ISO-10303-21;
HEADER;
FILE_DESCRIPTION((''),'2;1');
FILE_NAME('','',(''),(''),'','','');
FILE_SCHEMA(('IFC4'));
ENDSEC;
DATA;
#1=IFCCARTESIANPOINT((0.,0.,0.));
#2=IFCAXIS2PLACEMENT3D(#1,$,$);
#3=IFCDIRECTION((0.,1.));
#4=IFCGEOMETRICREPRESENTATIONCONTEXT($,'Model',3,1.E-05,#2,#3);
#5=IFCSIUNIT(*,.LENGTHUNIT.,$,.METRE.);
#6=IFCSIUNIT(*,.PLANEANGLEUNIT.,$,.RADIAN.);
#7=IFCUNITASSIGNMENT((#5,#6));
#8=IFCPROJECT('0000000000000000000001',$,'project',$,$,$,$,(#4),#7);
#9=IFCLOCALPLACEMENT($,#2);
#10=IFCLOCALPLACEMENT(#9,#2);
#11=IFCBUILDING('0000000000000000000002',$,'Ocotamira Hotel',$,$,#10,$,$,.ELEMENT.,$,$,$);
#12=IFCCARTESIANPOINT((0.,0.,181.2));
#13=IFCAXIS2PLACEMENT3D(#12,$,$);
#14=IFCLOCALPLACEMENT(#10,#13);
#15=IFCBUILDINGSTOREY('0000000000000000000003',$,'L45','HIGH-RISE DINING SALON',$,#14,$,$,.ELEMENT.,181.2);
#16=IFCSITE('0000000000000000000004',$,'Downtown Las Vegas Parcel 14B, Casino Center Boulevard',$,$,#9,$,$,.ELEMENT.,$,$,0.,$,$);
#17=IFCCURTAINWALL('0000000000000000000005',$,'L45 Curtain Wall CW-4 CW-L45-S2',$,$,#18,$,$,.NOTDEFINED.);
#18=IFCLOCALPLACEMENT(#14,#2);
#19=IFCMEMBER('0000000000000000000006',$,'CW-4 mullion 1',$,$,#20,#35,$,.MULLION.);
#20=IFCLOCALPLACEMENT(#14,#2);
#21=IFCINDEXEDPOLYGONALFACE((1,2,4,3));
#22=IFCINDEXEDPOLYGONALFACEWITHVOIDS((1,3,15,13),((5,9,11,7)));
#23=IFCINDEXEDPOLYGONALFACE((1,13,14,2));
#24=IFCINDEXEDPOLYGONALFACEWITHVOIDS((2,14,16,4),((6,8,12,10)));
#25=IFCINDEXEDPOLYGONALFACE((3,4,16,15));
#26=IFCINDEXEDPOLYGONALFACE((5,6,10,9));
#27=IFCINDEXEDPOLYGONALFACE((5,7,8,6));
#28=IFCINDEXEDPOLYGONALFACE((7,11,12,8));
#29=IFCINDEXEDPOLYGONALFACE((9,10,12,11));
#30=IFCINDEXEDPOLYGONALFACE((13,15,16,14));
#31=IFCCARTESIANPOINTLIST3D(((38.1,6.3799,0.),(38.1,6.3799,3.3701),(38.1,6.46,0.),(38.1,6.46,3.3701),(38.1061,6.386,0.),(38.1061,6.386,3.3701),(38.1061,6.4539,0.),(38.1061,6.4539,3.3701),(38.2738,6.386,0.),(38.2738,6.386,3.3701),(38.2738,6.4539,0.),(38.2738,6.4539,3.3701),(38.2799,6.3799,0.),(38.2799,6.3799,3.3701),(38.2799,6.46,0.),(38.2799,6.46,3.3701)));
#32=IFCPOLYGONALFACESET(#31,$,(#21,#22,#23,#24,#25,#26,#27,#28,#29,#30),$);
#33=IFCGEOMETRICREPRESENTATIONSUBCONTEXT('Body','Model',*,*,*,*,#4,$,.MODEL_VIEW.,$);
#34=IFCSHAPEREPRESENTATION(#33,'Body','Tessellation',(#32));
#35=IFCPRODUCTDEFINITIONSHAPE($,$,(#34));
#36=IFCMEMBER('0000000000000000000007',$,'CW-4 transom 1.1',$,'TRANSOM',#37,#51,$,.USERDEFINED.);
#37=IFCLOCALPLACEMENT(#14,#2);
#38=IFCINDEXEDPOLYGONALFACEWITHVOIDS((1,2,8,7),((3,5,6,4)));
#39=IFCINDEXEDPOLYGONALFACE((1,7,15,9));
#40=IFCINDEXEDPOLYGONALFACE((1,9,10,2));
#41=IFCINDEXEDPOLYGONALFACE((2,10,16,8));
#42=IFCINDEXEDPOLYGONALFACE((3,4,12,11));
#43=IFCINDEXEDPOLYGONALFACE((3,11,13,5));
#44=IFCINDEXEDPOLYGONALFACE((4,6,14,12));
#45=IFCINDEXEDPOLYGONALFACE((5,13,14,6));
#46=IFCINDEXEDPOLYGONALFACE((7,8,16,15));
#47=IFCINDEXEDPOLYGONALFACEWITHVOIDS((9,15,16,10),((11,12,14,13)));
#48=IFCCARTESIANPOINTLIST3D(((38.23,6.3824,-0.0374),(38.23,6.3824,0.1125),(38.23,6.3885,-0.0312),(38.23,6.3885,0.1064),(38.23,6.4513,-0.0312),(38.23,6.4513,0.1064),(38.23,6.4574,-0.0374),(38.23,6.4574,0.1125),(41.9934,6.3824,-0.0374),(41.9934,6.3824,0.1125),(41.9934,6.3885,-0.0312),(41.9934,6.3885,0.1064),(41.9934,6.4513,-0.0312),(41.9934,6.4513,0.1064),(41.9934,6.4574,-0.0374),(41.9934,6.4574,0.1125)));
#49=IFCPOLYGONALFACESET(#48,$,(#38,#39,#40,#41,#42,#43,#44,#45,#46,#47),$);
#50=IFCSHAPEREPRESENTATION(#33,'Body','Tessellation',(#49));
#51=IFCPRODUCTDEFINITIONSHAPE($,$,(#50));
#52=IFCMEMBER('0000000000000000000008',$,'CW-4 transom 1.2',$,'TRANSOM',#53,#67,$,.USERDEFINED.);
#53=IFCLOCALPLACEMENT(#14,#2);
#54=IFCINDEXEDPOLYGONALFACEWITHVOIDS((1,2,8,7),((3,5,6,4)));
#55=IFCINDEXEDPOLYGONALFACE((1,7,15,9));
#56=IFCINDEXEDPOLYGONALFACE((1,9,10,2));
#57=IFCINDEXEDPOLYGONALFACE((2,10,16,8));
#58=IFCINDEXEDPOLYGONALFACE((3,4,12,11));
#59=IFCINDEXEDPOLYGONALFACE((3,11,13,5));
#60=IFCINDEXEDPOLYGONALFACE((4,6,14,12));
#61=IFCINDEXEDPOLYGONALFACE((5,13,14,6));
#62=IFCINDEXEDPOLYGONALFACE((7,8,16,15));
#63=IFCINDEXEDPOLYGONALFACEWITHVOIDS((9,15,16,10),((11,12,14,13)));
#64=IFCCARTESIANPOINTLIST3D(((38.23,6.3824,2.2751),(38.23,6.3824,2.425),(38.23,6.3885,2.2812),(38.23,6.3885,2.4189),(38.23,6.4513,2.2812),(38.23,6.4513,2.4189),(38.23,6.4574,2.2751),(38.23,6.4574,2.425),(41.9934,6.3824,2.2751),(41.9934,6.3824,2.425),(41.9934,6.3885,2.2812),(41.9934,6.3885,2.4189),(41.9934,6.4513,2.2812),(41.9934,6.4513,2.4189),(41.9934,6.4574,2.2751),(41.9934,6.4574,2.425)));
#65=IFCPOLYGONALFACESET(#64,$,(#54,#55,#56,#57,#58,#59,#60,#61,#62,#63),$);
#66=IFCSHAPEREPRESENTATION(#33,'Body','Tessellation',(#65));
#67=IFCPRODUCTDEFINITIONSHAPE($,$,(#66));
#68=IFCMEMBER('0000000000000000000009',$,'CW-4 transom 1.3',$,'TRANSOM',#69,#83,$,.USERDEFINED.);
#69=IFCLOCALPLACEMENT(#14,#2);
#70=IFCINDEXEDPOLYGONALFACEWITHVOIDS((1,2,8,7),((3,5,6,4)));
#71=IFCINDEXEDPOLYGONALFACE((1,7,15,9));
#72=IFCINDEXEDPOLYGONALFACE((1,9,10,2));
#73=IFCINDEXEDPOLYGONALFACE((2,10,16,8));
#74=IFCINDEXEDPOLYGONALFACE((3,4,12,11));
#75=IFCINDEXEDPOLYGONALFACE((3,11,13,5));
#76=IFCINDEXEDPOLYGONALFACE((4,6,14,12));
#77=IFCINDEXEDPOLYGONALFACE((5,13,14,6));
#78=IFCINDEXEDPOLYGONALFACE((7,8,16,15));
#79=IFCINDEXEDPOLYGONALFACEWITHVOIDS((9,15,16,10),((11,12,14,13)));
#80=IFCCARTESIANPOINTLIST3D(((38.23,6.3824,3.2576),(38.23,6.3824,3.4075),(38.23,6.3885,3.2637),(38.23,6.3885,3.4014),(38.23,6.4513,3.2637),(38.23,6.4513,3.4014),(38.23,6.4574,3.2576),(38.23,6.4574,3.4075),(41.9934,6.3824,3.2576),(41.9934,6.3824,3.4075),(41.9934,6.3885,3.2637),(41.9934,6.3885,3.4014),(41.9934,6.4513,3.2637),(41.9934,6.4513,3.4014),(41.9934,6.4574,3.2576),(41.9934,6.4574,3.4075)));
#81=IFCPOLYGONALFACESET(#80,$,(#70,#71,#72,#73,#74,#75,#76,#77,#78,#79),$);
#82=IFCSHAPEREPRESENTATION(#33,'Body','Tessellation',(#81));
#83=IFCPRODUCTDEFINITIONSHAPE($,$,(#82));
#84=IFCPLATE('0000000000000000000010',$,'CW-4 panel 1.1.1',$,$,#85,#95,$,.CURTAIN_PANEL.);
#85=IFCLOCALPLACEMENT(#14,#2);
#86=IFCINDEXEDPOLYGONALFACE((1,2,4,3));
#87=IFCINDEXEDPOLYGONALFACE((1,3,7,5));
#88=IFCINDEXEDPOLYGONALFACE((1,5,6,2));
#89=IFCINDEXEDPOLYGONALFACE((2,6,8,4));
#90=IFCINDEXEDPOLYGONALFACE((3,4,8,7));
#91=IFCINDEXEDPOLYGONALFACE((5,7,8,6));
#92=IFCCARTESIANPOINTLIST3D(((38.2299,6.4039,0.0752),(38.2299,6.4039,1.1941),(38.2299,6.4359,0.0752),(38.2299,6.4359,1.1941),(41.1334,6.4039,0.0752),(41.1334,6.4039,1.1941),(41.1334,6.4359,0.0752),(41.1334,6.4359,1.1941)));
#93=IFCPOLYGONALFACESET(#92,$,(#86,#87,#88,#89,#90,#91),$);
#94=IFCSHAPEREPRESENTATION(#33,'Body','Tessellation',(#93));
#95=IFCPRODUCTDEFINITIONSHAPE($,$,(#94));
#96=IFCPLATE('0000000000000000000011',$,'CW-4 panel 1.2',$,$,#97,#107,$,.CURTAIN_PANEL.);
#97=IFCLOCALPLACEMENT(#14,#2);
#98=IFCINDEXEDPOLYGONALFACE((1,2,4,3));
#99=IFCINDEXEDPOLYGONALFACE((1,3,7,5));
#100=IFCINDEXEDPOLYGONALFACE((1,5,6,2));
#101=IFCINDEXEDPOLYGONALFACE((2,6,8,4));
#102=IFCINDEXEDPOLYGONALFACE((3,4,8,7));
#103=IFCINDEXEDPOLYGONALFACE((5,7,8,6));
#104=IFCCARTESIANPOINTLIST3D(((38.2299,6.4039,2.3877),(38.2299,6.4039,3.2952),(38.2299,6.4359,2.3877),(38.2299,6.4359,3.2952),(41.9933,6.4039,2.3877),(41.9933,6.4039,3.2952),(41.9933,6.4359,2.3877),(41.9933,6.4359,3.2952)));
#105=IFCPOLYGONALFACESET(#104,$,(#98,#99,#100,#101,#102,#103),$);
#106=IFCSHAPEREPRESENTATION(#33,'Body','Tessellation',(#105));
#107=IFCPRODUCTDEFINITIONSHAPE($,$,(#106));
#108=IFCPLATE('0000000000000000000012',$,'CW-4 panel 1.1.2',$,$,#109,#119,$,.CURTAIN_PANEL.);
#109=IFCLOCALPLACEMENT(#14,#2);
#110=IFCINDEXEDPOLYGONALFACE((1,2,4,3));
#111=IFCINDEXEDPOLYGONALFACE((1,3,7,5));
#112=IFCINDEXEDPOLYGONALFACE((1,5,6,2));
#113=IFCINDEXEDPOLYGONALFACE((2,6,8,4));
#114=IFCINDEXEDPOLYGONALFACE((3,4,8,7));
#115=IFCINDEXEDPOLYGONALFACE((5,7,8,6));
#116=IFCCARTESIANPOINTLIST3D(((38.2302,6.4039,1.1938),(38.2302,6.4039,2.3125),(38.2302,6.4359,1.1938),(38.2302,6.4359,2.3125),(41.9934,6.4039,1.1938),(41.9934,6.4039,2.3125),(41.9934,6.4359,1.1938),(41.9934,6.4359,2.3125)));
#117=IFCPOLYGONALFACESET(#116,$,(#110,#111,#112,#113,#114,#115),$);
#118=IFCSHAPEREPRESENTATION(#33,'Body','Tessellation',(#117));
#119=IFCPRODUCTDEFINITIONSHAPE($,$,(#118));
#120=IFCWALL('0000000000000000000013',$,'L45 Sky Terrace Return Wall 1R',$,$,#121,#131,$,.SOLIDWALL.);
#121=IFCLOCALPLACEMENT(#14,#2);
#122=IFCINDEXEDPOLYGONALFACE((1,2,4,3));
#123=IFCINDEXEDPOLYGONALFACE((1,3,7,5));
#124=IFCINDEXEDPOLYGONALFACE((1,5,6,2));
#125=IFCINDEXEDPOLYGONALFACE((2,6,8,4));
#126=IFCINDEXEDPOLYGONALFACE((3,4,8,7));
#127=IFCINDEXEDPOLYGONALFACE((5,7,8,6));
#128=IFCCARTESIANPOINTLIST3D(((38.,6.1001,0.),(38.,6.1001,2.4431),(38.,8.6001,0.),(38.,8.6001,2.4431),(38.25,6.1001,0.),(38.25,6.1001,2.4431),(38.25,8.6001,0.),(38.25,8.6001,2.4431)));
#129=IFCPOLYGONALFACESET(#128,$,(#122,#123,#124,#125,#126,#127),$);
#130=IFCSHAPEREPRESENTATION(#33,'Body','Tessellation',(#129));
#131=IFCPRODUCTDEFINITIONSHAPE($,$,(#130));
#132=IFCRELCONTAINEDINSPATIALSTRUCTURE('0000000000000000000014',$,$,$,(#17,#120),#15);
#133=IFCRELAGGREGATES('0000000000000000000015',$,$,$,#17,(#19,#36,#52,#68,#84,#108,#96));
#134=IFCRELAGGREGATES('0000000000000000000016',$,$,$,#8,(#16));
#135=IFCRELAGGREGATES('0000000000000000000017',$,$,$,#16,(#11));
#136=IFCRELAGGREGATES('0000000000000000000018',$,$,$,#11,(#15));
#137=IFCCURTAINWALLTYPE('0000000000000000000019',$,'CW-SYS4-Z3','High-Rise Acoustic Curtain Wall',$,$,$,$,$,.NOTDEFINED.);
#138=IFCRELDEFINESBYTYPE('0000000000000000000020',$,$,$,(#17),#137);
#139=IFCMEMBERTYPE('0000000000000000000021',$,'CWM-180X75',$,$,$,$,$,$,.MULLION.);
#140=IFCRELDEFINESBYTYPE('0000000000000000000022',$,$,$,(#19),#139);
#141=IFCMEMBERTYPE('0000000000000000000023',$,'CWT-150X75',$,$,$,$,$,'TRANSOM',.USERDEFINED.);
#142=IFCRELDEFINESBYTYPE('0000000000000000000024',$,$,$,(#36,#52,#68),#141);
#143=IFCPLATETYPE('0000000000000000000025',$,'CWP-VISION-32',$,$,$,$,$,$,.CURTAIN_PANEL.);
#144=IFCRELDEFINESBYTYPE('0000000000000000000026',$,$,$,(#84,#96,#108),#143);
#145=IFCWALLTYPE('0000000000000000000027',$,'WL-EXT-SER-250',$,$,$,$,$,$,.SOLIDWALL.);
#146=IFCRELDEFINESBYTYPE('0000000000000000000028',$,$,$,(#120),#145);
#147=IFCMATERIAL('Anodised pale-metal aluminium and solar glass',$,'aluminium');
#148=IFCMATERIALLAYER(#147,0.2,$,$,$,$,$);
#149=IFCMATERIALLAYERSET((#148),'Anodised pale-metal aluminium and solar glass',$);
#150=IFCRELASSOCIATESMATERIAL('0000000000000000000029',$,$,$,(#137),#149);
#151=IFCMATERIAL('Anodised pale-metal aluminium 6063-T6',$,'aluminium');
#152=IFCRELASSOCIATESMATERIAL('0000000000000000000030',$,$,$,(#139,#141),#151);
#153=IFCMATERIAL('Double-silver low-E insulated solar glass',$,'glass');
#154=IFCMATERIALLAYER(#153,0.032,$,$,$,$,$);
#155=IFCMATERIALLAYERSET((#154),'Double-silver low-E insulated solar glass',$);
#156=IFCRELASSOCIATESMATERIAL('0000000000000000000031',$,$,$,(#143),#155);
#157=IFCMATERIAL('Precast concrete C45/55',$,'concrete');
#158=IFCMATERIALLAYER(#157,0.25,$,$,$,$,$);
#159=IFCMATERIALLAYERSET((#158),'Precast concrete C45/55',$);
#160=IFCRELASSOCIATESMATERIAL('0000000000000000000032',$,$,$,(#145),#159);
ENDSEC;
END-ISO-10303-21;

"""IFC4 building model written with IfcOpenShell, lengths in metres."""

from ifc_helpers import new_model, si_unit, direction, frame, frame_2d, origin, origin_2d, place, context, subcontext, project, spatial, rectangle, hollow_rectangle, extrude, source, transform, mapped, material, layer, layer_set, material_profile, profile_set, type_object, element, aggregate, save


model = new_model("IFC4")

# Units and contexts
model_context = context("Model", 3, precision=1e-05, world=origin(), true_north=direction((0.0, 1.0)))
body_context = subcontext(model_context, "Body", "Model", "MODEL_VIEW")
ifc_project = project(units=[si_unit("LENGTHUNIT", "METRE"), si_unit("PLANEANGLEUNIT", "RADIAN")], contexts=[model_context])

# Site, building, storey
site_placement = place(None, origin())
site = spatial("IfcSite", under=ifc_project, at=site_placement, Name="Downtown Las Vegas Parcel 14B, Casino Center Boulevard", CompositionType="ELEMENT", RefElevation=0.0)
building_placement = place(site_placement, origin())
building = spatial("IfcBuilding", under=site, at=building_placement, Name="Ocotamira Hotel", CompositionType="ELEMENT")
storey_placement = place(building_placement, frame((0.0, 0.0, 181.2)))
storey = spatial("IfcBuildingStorey", under=building, at=storey_placement, Name="L45", Description="HIGH-RISE DINING SALON", CompositionType="ELEMENT", Elevation=181.2)

# Curtain wall, members, plates
ifc_material_1 = material(Name="Anodised pale-metal aluminium and solar glass", Category="aluminium")
ifc_layer_1 = layer(ifc_material_1, 0.2)
ifc_layer_set_1 = layer_set([ifc_layer_1], Name="Anodised pale-metal aluminium and solar glass")
curtain_wall_type = type_object("IfcCurtainWallType", Name="CW-SYS4-Z3", Description="High-Rise Acoustic Curtain Wall", PredefinedType="NOTDEFINED", material=ifc_layer_set_1)
curtain_wall_placement = place(storey_placement, origin())
curtain_wall = element("IfcCurtainWall", 1, at=curtain_wall_placement, inside=storey, type_object=curtain_wall_type, Name="L45 Curtain Wall CW-4 CW-L45-S2", PredefinedType="NOTDEFINED")
ifc_material_2 = material(Name="Anodised pale-metal aluminium 6063-T6", Category="aluminium")
ifc_material_profile_1 = material_profile(ifc_material_2, hollow_rectangle(XDim=0.0801, YDim=0.1799, WallThickness=0.0061, at=origin_2d()), Name="HSS180X80X6")
ifc_profile_set_1 = profile_set([ifc_material_profile_1], Name="Anodised pale-metal aluminium 6063-T6")
member_type_1 = type_object("IfcMemberType", Name="CWM-180X75", PredefinedType="MULLION", material=ifc_profile_set_1)
shared_shape_1 = source(origin(), body_context, "Body", "SweptSolid", [
    extrude(hollow_rectangle(XDim=0.0801, YDim=0.1799, WallThickness=0.0061, at=origin_2d()), origin(), (0.0, 0.0, 1.0), 3.3701),
])
member_1_placement = place(storey_placement, frame((38.1899, 6.4199, 0.0), z_axis=(0.0, 0.0, 1.0), x_axis=(0.0, 1.0, 0.0)))
member_1 = element("IfcMember", 2, at=member_1_placement, type_object=member_type_1, Name="CW-4 mullion 1", PredefinedType="MULLION", context=body_context, shape_type="MappedRepresentation", body=[
    mapped(shared_shape_1, transform((0.0, 0.0, 0.0), scale=1.0)),
])
ifc_material_profile_2 = material_profile(ifc_material_2, hollow_rectangle(XDim=0.075, YDim=0.1499, WallThickness=0.0061, at=origin_2d()), Name="HSS150X75X6")
ifc_profile_set_2 = profile_set([ifc_material_profile_2], Name="Anodised pale-metal aluminium 6063-T6")
member_type_2 = type_object("IfcMemberType", Name="CWT-150X75", ElementType="TRANSOM", PredefinedType="USERDEFINED", material=ifc_profile_set_2)
shared_shape_2 = source(origin(), body_context, "Body", "SweptSolid", [
    extrude(hollow_rectangle(XDim=0.075, YDim=0.1499, WallThickness=0.0061, at=origin_2d()), origin(), (0.0, 0.0, 1.0), 3.7634),
])
member_2_placement = place(storey_placement, frame((38.23, 6.4199, 0.0376), z_axis=(1.0, 0.0, 0.0), x_axis=(0.0, 1.0, 0.0)))
member_2 = element("IfcMember", 3, at=member_2_placement, type_object=member_type_2, Name="CW-4 transom 1.1", ObjectType="TRANSOM", PredefinedType="USERDEFINED", context=body_context, shape_type="MappedRepresentation", body=[
    mapped(shared_shape_2, transform((0.0, 0.0, 0.0), scale=1.0)),
])
member_3_placement = place(storey_placement, frame((38.23, 6.4199, 2.3501), z_axis=(1.0, 0.0, 0.0), x_axis=(0.0, 1.0, 0.0)))
member_3 = element("IfcMember", 4, at=member_3_placement, type_object=member_type_2, Name="CW-4 transom 1.2", ObjectType="TRANSOM", PredefinedType="USERDEFINED", context=body_context, shape_type="MappedRepresentation", body=[
    mapped(shared_shape_2, transform((0.0, 0.0, 0.0), scale=1.0)),
])
member_4_placement = place(storey_placement, frame((38.23, 6.4199, 3.3325), z_axis=(1.0, 0.0, 0.0), x_axis=(0.0, 1.0, 0.0)))
member_4 = element("IfcMember", 5, at=member_4_placement, type_object=member_type_2, Name="CW-4 transom 1.3", ObjectType="TRANSOM", PredefinedType="USERDEFINED", context=body_context, shape_type="MappedRepresentation", body=[
    mapped(shared_shape_2, transform((0.0, 0.0, 0.0), scale=1.0)),
])
ifc_material_3 = material(Name="Double-silver low-E insulated solar glass", Category="glass")
ifc_layer_2 = layer(ifc_material_3, 0.032)
ifc_layer_set_2 = layer_set([ifc_layer_2], Name="Double-silver low-E insulated solar glass")
plate_type = type_object("IfcPlateType", Name="CWP-VISION-32", PredefinedType="CURTAIN_PANEL", material=ifc_layer_set_2)
shared_shape_3 = source(origin(), body_context, "Body", "SweptSolid", [
    extrude(rectangle(XDim=2.9036, YDim=0.032, at=origin_2d()), origin(), (0.0, 0.0, 1.0), 1.1189),
])
plate_1_placement = place(storey_placement, frame((39.6816, 6.4199, 0.0752), z_axis=(0.0, 0.0, 1.0), x_axis=(1.0, 0.0, 0.0)))
plate_1 = element("IfcPlate", 6, at=plate_1_placement, type_object=plate_type, Name="CW-4 panel 1.1.1", PredefinedType="CURTAIN_PANEL", context=body_context, shape_type="MappedRepresentation", body=[
    mapped(shared_shape_3, transform((0.0, 0.0, 0.0), scale=1.0)),
])
shared_shape_4 = source(origin(), body_context, "Body", "SweptSolid", [
    extrude(rectangle(XDim=3.7634, YDim=0.032, at=origin_2d()), origin(), (0.0, 0.0, 1.0), 0.9075),
])
plate_2_placement = place(storey_placement, frame((40.1116, 6.4199, 2.3877), z_axis=(0.0, 0.0, 1.0), x_axis=(1.0, 0.0, 0.0)))
plate_2 = element("IfcPlate", 7, at=plate_2_placement, type_object=plate_type, Name="CW-4 panel 1.2", PredefinedType="CURTAIN_PANEL", context=body_context, shape_type="MappedRepresentation", body=[
    mapped(shared_shape_4, transform((0.0, 0.0, 0.0), scale=1.0)),
])
shared_shape_5 = source(origin(), body_context, "Body", "SweptSolid", [
    extrude(rectangle(XDim=3.7632, YDim=0.032, at=origin_2d()), origin(), (0.0, 0.0, 1.0), 1.1187),
])
plate_3_placement = place(storey_placement, frame((40.1118, 6.4199, 1.1938), z_axis=(0.0, 0.0, 1.0), x_axis=(1.0, 0.0, 0.0)))
plate_3 = element("IfcPlate", 8, at=plate_3_placement, type_object=plate_type, Name="CW-4 panel 1.1.2", PredefinedType="CURTAIN_PANEL", context=body_context, shape_type="MappedRepresentation", body=[
    mapped(shared_shape_5, transform((0.0, 0.0, 0.0), scale=1.0)),
])
aggregate(curtain_wall, [member_1, member_2, member_3, member_4, plate_1, plate_3, plate_2])

# Wall
ifc_material_4 = material(Name="Precast concrete C45/55", Category="concrete")
ifc_layer_3 = layer(ifc_material_4, 0.25)
ifc_layer_set_3 = layer_set([ifc_layer_3], Name="Precast concrete C45/55")
wall_type_1 = type_object("IfcWallType", Name="WL-EXT-SER-250", PredefinedType="SOLIDWALL", material=ifc_layer_set_3)
wall_1_placement = place(storey_placement, frame((38.125, 6.1001, 0.0), z_axis=(0.0, 0.0, 1.0), x_axis=(0.0, 1.0, 0.0)))
element("IfcWall", 9, at=wall_1_placement, inside=storey, type_object=wall_type_1, Name="L45 Sky Terrace Return Wall 1R", PredefinedType="SOLIDWALL", context=body_context, shape_type="SweptSolid", body=[
    extrude(rectangle(XDim=2.5, YDim=0.25, at=frame_2d((1.25, 0.0))), origin(), (0.0, 0.0, 1.0), 2.4431),
])

save(model, "model.ifc")
